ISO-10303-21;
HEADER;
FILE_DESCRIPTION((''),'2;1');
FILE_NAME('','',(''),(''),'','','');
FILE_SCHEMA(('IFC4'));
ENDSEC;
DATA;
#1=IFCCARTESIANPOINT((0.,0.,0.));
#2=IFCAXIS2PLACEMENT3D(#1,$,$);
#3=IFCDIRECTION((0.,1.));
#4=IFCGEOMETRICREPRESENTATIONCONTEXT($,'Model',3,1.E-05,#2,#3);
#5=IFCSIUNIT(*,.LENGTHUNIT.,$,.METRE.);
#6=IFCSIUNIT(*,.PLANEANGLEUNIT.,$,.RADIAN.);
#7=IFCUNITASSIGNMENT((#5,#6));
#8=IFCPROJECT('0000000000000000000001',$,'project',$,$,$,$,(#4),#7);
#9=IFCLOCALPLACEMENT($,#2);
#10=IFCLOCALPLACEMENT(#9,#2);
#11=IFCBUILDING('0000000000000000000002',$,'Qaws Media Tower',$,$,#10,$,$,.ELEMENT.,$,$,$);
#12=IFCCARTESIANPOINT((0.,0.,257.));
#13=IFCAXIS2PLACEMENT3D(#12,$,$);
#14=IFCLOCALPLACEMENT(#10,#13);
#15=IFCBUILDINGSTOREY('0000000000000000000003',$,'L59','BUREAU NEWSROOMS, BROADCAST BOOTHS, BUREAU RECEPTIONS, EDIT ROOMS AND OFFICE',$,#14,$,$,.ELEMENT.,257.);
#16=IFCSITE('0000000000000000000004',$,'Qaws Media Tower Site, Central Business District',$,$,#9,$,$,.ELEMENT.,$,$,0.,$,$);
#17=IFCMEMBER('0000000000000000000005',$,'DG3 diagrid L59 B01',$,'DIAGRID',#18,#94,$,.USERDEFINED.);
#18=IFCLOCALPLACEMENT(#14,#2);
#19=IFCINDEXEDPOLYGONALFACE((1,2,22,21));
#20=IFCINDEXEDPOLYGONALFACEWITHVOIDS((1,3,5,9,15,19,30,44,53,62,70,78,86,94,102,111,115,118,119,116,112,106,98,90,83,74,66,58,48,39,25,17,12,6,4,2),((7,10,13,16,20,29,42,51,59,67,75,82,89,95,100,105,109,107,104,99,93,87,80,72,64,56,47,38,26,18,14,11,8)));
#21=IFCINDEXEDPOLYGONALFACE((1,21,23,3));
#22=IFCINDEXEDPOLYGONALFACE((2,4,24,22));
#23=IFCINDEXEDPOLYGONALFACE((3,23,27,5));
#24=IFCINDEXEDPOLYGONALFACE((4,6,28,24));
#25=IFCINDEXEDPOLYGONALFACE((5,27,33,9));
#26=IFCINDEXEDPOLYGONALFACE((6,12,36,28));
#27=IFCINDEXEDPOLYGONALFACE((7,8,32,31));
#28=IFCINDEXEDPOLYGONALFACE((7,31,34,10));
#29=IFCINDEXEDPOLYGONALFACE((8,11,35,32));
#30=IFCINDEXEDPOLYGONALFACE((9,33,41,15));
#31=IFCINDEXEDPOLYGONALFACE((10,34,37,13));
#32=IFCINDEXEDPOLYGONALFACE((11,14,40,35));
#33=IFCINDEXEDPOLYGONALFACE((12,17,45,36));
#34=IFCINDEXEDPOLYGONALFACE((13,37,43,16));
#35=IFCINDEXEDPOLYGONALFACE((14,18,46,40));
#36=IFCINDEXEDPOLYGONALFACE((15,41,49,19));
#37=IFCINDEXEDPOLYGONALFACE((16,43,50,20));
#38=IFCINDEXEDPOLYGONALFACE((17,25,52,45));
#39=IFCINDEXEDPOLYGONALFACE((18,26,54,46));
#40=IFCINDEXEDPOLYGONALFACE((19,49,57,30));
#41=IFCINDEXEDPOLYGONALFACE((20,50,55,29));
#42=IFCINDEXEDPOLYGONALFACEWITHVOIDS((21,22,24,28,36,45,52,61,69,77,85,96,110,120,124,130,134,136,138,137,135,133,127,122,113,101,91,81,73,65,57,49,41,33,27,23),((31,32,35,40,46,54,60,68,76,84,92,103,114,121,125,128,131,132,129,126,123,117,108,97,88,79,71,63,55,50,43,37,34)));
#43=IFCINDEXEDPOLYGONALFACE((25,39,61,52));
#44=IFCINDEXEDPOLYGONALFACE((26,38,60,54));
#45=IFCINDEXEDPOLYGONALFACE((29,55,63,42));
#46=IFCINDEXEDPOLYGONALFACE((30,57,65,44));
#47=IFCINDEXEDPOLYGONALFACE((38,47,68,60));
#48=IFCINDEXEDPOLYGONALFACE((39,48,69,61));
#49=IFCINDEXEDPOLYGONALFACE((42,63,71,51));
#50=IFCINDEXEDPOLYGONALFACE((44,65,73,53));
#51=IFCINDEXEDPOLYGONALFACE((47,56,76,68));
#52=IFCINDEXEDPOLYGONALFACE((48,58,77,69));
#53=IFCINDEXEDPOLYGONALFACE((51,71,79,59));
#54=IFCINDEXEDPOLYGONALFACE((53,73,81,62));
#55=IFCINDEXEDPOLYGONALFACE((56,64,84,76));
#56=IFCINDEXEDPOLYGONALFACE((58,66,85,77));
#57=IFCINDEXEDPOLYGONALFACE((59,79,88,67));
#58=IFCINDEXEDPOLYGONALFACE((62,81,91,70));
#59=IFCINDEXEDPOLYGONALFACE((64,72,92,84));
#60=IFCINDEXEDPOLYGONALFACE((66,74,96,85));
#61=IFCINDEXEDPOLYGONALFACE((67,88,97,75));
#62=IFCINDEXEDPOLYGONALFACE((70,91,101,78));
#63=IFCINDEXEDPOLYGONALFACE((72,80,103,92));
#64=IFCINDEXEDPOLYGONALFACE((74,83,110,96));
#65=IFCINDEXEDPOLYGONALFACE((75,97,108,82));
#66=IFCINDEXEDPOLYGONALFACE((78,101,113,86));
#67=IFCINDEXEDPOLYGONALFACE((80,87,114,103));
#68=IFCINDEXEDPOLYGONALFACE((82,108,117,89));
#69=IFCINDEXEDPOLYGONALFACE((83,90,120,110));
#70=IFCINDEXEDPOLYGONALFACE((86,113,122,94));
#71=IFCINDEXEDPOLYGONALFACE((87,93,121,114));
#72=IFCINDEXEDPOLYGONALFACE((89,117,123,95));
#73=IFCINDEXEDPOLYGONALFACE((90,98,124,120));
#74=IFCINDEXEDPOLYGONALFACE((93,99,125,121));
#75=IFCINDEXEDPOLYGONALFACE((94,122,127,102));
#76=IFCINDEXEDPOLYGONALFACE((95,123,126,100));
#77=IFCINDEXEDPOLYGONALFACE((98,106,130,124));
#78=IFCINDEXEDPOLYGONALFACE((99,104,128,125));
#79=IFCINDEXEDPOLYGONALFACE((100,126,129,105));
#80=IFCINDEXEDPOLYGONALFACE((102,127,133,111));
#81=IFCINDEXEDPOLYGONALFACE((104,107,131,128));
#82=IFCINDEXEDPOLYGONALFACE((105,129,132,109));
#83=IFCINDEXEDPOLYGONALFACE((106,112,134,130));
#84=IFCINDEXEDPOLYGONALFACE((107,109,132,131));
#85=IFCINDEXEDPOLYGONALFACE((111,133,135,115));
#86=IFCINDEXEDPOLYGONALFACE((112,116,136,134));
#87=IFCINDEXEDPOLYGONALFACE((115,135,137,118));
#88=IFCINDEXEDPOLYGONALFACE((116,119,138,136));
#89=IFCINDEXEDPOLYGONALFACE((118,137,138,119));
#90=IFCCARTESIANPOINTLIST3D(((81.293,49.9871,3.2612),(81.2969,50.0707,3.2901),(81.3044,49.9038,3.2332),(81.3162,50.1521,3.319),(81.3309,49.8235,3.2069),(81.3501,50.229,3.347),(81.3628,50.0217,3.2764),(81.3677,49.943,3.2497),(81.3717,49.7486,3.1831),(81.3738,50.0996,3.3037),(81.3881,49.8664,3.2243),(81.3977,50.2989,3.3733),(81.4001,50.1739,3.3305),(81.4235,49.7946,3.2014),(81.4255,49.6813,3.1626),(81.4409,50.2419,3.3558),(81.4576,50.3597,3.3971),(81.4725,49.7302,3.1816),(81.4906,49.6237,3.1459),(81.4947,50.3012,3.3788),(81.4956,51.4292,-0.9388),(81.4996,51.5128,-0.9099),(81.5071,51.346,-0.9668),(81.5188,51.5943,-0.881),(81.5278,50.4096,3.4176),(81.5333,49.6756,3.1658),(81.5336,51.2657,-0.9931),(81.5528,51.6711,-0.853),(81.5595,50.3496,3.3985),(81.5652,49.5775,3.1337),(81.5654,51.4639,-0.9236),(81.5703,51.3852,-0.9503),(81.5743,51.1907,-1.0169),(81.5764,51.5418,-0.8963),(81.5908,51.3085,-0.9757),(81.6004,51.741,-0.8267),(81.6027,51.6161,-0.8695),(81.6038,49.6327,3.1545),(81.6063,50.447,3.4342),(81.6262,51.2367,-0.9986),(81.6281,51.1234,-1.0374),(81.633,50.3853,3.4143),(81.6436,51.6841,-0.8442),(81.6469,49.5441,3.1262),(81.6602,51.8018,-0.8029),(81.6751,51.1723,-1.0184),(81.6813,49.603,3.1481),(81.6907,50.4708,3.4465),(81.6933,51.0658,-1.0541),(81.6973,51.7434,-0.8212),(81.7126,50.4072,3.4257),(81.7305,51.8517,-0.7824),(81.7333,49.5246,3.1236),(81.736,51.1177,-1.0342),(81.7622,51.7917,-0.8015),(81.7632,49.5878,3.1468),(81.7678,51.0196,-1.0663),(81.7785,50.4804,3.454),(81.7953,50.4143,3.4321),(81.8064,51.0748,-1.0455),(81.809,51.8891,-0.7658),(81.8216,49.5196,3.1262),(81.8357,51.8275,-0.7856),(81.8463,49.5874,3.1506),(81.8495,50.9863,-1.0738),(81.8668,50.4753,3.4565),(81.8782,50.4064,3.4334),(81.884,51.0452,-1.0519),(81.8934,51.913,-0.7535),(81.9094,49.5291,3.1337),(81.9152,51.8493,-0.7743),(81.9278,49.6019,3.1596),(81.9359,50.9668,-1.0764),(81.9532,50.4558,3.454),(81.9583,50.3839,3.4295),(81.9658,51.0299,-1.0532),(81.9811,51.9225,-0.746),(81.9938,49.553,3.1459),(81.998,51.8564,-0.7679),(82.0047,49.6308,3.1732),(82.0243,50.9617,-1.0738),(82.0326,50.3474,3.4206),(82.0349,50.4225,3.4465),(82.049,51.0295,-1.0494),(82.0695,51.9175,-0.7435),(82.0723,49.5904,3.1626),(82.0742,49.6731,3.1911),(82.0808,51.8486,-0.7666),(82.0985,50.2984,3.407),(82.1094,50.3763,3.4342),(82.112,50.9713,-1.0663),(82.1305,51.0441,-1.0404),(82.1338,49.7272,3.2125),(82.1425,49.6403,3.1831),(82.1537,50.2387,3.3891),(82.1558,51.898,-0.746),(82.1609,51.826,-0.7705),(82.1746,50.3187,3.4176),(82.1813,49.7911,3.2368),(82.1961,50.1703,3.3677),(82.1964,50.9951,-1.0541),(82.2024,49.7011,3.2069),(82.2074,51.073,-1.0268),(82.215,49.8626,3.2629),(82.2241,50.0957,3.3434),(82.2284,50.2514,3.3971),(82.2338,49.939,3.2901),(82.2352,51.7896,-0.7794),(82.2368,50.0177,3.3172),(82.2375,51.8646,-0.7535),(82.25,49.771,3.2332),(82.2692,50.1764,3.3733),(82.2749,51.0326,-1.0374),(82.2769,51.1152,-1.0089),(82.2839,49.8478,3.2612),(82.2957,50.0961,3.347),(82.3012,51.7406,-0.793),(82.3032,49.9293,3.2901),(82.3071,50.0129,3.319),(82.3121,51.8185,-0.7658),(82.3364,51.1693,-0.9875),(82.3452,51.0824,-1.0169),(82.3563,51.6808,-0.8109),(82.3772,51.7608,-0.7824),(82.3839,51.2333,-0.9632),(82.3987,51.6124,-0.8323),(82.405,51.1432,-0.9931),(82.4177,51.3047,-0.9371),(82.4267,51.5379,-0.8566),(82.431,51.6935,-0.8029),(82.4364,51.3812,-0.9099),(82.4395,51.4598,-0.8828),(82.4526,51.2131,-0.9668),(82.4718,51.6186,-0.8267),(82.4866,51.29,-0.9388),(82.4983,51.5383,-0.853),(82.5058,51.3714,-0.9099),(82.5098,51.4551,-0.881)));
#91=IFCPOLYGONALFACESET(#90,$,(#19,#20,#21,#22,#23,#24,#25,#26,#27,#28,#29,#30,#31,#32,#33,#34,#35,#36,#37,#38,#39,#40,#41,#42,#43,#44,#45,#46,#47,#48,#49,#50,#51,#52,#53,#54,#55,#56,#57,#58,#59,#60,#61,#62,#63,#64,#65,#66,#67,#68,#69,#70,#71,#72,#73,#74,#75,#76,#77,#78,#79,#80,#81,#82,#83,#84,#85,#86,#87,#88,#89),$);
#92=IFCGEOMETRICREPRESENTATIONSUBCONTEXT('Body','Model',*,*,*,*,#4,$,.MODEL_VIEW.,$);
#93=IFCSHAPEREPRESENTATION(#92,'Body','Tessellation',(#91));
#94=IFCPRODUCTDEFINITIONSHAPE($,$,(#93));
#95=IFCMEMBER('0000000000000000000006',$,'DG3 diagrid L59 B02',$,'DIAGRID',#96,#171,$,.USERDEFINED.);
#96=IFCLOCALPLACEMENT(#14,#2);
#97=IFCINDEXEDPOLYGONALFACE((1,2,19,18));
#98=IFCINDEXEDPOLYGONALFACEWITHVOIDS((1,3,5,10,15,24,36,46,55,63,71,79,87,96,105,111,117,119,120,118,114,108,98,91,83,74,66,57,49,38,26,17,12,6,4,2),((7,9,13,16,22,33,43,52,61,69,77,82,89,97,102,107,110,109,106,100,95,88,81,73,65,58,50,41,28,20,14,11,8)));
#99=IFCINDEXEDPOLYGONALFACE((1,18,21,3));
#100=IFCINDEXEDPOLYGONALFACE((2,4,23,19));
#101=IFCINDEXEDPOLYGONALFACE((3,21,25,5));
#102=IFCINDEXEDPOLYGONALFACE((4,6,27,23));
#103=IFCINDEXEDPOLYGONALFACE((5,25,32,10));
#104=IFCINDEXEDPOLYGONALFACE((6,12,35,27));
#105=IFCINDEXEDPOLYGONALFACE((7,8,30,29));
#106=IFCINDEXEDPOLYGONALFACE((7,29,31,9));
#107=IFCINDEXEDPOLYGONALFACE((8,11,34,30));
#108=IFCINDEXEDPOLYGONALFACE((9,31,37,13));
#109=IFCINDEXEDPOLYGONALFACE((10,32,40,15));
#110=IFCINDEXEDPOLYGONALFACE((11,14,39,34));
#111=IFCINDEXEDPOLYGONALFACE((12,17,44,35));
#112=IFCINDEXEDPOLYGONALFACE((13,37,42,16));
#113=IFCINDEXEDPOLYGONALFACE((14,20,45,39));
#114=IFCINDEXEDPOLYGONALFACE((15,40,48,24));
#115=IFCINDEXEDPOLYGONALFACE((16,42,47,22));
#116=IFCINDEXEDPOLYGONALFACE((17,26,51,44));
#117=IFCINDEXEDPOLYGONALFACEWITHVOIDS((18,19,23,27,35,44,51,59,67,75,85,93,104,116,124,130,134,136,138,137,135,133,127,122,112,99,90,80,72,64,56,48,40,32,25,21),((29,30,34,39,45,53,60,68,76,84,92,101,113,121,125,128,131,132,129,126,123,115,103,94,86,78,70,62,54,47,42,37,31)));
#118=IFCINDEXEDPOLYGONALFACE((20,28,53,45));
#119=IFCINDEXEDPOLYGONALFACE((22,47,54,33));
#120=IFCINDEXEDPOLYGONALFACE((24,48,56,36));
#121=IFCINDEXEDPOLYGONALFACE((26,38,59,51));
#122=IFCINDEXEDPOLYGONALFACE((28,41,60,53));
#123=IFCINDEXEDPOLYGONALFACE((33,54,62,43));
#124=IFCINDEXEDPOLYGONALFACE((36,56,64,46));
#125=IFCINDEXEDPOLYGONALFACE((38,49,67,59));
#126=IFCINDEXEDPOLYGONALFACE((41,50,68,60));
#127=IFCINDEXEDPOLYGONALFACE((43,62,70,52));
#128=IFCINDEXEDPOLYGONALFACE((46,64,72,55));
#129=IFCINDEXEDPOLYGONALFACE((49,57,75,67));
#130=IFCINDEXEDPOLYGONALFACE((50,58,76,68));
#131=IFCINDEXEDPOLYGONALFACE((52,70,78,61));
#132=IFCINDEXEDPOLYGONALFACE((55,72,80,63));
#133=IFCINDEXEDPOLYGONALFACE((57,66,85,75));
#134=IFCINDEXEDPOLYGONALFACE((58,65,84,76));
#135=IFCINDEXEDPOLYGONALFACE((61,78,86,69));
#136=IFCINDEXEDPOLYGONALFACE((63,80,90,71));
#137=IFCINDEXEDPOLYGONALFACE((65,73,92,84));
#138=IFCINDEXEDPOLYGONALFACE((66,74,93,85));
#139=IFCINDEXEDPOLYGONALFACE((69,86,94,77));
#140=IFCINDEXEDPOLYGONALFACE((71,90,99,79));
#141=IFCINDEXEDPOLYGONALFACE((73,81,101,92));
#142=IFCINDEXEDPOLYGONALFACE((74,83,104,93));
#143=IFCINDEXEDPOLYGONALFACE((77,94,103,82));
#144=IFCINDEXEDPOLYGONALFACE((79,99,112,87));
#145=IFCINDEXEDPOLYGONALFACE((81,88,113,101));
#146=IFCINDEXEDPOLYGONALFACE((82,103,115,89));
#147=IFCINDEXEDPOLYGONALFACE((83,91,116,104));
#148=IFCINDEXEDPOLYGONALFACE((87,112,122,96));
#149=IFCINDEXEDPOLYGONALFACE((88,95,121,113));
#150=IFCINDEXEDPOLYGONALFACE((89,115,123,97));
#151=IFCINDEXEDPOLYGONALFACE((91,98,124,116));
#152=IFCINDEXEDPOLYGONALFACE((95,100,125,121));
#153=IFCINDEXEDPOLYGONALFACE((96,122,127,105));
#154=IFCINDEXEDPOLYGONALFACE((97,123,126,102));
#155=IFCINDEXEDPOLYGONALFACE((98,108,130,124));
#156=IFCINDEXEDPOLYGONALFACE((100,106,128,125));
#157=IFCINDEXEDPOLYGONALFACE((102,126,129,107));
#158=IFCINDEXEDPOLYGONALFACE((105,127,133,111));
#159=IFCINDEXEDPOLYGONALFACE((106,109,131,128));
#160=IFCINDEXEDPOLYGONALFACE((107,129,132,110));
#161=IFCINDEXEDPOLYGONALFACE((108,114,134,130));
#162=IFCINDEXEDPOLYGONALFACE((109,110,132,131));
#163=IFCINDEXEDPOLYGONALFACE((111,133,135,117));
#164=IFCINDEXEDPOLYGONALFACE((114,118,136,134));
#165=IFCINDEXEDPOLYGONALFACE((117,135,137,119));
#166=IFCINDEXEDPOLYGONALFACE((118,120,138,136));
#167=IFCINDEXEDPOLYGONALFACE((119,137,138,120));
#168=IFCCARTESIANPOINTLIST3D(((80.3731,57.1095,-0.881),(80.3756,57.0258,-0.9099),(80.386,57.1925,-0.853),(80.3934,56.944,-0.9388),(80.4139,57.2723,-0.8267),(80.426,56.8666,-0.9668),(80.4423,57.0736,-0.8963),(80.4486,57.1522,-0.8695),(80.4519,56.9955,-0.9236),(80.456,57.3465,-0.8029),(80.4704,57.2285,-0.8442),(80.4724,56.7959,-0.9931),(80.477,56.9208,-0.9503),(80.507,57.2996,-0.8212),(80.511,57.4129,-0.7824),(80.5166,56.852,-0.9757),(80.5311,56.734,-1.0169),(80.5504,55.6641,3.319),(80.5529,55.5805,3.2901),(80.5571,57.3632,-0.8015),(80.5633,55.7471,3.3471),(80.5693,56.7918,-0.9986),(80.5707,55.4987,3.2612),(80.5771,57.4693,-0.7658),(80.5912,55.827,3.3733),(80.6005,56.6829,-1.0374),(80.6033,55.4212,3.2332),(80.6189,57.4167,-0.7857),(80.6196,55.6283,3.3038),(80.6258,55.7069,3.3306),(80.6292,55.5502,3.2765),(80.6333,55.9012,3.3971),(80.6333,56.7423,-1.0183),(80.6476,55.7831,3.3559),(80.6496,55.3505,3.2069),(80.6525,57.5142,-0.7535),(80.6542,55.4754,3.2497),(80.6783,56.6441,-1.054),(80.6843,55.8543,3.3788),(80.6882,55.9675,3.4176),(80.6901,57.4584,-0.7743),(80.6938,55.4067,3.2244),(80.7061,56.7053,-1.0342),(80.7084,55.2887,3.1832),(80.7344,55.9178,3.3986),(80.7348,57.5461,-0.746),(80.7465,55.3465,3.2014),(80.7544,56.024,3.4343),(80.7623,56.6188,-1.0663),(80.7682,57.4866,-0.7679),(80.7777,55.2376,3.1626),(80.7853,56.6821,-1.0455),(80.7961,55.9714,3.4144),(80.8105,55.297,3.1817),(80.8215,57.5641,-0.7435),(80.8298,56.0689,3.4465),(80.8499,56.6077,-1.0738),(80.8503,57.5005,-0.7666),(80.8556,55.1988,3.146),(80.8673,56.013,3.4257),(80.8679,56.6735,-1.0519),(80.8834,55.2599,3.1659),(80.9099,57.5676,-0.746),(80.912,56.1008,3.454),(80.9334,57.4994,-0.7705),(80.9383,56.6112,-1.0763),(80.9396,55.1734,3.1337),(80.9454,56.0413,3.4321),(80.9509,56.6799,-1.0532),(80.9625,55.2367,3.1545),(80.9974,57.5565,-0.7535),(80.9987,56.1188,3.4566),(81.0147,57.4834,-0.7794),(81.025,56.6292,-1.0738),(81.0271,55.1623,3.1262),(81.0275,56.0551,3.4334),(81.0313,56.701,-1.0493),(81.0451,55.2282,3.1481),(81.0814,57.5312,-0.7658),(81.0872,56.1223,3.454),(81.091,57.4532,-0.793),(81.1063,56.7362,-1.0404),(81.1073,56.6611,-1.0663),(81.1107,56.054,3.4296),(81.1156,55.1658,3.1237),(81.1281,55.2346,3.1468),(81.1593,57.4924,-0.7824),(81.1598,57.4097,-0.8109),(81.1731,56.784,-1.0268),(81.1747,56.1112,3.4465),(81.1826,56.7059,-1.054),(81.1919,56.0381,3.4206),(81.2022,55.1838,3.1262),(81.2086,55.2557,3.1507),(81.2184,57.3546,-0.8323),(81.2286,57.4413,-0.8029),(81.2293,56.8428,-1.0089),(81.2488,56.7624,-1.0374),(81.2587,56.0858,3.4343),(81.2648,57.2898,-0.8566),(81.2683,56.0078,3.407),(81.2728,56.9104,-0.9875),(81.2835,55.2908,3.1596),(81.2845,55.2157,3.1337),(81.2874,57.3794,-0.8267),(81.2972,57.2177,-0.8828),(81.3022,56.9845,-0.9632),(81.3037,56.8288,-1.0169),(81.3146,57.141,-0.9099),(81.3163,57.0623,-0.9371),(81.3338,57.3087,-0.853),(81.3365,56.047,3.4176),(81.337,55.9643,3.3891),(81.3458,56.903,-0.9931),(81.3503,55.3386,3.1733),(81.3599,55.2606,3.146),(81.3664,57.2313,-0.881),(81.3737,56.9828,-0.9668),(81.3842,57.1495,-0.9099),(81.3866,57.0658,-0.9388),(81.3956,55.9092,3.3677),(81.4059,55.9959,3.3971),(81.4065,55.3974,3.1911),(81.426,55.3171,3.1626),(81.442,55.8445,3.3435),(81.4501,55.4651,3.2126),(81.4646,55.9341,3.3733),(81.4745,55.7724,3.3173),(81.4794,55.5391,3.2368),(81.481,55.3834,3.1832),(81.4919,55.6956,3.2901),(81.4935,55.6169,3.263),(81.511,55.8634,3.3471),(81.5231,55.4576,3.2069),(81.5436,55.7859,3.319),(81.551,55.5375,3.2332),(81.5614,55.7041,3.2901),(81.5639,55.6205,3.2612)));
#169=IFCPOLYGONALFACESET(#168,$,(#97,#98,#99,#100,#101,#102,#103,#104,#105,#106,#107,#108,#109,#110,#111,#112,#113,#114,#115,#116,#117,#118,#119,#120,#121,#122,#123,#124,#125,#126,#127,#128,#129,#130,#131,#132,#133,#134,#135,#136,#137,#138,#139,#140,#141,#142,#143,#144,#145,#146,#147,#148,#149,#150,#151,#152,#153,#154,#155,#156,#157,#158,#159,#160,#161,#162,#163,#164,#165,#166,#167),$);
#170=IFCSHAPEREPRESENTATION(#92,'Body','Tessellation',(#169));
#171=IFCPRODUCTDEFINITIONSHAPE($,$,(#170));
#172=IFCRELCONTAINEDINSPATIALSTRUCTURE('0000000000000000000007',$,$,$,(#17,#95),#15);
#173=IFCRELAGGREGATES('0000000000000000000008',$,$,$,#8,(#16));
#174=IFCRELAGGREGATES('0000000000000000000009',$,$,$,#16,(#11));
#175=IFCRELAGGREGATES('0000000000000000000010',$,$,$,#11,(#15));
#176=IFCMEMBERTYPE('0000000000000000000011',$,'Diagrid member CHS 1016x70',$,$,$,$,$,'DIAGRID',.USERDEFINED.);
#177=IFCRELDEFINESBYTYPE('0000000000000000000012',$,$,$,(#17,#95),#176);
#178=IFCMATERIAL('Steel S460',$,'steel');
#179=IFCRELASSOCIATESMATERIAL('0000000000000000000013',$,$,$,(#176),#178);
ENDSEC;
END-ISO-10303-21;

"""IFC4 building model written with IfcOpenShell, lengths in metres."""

from ifc_helpers import new_model, si_unit, direction, frame, origin, origin_2d, place, context, subcontext, project, spatial, hollow_circle, extrude, material, material_profile, profile_set, type_object, element, save


model = new_model("IFC4")

# Units and contexts
model_context = context("Model", 3, precision=1e-05, world=origin(), true_north=direction((0.0, 1.0)))
body_context = subcontext(model_context, "Body", "Model", "MODEL_VIEW")
ifc_project = project(units=[si_unit("LENGTHUNIT", "METRE"), si_unit("PLANEANGLEUNIT", "RADIAN")], contexts=[model_context])

# Site, building, storey
site_placement = place(None, origin())
site = spatial("IfcSite", under=ifc_project, at=site_placement, Name="Qaws Media Tower Site, Central Business District", CompositionType="ELEMENT", RefElevation=0.0)
building_placement = place(site_placement, origin())
building = spatial("IfcBuilding", under=site, at=building_placement, Name="Qaws Media Tower", CompositionType="ELEMENT")
storey_placement = place(building_placement, frame((0.0, 0.0, 257.0)))
storey = spatial("IfcBuildingStorey", under=building, at=storey_placement, Name="L59", Description="BUREAU NEWSROOMS, BROADCAST BOOTHS, BUREAU RECEPTIONS, EDIT ROOMS AND OFFICE", CompositionType="ELEMENT", Elevation=257.0)

# Members
ifc_material_1 = material(Name="Steel S460", Category="steel")
ifc_material_profile_1 = material_profile(ifc_material_1, hollow_circle(Radius=0.5081, WallThickness=0.0701, at=origin_2d()), Name="CHS 1016x70")
ifc_profile_set_1 = profile_set([ifc_material_profile_1], Name="Steel S460")
member_type_1 = type_object("IfcMemberType", Name="Diagrid member CHS 1016x70", ElementType="DIAGRID", PredefinedType="USERDEFINED", material=ifc_profile_set_1)
for number, where, z_axis, x_axis, name in (
    (1, (82.0027, 51.4421, -0.9099), (-0.045585, -0.324421, 0.944814), (0.990272, -0.139144, 0.0), "DG3 diagrid L59 B01"),
    (2, (80.8799, 57.0876, -0.9099), (0.039873, -0.325139, 0.944825), (0.992564, 0.121723, 0.0), "DG3 diagrid L59 B02"),
):
    element("IfcMember", number, at=place(storey_placement, frame(where, z_axis=z_axis, x_axis=x_axis)), inside=storey, type_object=member_type_1, Name=name, ObjectType="DIAGRID", PredefinedType="USERDEFINED", context=body_context, shape_type="SweptSolid", body=[
        extrude(hollow_circle(Radius=0.5081, WallThickness=0.0701, at=origin_2d()), origin(), (0.0, 0.0, 1.0), 4.4453),
    ])

save(model, "model.ifc")
